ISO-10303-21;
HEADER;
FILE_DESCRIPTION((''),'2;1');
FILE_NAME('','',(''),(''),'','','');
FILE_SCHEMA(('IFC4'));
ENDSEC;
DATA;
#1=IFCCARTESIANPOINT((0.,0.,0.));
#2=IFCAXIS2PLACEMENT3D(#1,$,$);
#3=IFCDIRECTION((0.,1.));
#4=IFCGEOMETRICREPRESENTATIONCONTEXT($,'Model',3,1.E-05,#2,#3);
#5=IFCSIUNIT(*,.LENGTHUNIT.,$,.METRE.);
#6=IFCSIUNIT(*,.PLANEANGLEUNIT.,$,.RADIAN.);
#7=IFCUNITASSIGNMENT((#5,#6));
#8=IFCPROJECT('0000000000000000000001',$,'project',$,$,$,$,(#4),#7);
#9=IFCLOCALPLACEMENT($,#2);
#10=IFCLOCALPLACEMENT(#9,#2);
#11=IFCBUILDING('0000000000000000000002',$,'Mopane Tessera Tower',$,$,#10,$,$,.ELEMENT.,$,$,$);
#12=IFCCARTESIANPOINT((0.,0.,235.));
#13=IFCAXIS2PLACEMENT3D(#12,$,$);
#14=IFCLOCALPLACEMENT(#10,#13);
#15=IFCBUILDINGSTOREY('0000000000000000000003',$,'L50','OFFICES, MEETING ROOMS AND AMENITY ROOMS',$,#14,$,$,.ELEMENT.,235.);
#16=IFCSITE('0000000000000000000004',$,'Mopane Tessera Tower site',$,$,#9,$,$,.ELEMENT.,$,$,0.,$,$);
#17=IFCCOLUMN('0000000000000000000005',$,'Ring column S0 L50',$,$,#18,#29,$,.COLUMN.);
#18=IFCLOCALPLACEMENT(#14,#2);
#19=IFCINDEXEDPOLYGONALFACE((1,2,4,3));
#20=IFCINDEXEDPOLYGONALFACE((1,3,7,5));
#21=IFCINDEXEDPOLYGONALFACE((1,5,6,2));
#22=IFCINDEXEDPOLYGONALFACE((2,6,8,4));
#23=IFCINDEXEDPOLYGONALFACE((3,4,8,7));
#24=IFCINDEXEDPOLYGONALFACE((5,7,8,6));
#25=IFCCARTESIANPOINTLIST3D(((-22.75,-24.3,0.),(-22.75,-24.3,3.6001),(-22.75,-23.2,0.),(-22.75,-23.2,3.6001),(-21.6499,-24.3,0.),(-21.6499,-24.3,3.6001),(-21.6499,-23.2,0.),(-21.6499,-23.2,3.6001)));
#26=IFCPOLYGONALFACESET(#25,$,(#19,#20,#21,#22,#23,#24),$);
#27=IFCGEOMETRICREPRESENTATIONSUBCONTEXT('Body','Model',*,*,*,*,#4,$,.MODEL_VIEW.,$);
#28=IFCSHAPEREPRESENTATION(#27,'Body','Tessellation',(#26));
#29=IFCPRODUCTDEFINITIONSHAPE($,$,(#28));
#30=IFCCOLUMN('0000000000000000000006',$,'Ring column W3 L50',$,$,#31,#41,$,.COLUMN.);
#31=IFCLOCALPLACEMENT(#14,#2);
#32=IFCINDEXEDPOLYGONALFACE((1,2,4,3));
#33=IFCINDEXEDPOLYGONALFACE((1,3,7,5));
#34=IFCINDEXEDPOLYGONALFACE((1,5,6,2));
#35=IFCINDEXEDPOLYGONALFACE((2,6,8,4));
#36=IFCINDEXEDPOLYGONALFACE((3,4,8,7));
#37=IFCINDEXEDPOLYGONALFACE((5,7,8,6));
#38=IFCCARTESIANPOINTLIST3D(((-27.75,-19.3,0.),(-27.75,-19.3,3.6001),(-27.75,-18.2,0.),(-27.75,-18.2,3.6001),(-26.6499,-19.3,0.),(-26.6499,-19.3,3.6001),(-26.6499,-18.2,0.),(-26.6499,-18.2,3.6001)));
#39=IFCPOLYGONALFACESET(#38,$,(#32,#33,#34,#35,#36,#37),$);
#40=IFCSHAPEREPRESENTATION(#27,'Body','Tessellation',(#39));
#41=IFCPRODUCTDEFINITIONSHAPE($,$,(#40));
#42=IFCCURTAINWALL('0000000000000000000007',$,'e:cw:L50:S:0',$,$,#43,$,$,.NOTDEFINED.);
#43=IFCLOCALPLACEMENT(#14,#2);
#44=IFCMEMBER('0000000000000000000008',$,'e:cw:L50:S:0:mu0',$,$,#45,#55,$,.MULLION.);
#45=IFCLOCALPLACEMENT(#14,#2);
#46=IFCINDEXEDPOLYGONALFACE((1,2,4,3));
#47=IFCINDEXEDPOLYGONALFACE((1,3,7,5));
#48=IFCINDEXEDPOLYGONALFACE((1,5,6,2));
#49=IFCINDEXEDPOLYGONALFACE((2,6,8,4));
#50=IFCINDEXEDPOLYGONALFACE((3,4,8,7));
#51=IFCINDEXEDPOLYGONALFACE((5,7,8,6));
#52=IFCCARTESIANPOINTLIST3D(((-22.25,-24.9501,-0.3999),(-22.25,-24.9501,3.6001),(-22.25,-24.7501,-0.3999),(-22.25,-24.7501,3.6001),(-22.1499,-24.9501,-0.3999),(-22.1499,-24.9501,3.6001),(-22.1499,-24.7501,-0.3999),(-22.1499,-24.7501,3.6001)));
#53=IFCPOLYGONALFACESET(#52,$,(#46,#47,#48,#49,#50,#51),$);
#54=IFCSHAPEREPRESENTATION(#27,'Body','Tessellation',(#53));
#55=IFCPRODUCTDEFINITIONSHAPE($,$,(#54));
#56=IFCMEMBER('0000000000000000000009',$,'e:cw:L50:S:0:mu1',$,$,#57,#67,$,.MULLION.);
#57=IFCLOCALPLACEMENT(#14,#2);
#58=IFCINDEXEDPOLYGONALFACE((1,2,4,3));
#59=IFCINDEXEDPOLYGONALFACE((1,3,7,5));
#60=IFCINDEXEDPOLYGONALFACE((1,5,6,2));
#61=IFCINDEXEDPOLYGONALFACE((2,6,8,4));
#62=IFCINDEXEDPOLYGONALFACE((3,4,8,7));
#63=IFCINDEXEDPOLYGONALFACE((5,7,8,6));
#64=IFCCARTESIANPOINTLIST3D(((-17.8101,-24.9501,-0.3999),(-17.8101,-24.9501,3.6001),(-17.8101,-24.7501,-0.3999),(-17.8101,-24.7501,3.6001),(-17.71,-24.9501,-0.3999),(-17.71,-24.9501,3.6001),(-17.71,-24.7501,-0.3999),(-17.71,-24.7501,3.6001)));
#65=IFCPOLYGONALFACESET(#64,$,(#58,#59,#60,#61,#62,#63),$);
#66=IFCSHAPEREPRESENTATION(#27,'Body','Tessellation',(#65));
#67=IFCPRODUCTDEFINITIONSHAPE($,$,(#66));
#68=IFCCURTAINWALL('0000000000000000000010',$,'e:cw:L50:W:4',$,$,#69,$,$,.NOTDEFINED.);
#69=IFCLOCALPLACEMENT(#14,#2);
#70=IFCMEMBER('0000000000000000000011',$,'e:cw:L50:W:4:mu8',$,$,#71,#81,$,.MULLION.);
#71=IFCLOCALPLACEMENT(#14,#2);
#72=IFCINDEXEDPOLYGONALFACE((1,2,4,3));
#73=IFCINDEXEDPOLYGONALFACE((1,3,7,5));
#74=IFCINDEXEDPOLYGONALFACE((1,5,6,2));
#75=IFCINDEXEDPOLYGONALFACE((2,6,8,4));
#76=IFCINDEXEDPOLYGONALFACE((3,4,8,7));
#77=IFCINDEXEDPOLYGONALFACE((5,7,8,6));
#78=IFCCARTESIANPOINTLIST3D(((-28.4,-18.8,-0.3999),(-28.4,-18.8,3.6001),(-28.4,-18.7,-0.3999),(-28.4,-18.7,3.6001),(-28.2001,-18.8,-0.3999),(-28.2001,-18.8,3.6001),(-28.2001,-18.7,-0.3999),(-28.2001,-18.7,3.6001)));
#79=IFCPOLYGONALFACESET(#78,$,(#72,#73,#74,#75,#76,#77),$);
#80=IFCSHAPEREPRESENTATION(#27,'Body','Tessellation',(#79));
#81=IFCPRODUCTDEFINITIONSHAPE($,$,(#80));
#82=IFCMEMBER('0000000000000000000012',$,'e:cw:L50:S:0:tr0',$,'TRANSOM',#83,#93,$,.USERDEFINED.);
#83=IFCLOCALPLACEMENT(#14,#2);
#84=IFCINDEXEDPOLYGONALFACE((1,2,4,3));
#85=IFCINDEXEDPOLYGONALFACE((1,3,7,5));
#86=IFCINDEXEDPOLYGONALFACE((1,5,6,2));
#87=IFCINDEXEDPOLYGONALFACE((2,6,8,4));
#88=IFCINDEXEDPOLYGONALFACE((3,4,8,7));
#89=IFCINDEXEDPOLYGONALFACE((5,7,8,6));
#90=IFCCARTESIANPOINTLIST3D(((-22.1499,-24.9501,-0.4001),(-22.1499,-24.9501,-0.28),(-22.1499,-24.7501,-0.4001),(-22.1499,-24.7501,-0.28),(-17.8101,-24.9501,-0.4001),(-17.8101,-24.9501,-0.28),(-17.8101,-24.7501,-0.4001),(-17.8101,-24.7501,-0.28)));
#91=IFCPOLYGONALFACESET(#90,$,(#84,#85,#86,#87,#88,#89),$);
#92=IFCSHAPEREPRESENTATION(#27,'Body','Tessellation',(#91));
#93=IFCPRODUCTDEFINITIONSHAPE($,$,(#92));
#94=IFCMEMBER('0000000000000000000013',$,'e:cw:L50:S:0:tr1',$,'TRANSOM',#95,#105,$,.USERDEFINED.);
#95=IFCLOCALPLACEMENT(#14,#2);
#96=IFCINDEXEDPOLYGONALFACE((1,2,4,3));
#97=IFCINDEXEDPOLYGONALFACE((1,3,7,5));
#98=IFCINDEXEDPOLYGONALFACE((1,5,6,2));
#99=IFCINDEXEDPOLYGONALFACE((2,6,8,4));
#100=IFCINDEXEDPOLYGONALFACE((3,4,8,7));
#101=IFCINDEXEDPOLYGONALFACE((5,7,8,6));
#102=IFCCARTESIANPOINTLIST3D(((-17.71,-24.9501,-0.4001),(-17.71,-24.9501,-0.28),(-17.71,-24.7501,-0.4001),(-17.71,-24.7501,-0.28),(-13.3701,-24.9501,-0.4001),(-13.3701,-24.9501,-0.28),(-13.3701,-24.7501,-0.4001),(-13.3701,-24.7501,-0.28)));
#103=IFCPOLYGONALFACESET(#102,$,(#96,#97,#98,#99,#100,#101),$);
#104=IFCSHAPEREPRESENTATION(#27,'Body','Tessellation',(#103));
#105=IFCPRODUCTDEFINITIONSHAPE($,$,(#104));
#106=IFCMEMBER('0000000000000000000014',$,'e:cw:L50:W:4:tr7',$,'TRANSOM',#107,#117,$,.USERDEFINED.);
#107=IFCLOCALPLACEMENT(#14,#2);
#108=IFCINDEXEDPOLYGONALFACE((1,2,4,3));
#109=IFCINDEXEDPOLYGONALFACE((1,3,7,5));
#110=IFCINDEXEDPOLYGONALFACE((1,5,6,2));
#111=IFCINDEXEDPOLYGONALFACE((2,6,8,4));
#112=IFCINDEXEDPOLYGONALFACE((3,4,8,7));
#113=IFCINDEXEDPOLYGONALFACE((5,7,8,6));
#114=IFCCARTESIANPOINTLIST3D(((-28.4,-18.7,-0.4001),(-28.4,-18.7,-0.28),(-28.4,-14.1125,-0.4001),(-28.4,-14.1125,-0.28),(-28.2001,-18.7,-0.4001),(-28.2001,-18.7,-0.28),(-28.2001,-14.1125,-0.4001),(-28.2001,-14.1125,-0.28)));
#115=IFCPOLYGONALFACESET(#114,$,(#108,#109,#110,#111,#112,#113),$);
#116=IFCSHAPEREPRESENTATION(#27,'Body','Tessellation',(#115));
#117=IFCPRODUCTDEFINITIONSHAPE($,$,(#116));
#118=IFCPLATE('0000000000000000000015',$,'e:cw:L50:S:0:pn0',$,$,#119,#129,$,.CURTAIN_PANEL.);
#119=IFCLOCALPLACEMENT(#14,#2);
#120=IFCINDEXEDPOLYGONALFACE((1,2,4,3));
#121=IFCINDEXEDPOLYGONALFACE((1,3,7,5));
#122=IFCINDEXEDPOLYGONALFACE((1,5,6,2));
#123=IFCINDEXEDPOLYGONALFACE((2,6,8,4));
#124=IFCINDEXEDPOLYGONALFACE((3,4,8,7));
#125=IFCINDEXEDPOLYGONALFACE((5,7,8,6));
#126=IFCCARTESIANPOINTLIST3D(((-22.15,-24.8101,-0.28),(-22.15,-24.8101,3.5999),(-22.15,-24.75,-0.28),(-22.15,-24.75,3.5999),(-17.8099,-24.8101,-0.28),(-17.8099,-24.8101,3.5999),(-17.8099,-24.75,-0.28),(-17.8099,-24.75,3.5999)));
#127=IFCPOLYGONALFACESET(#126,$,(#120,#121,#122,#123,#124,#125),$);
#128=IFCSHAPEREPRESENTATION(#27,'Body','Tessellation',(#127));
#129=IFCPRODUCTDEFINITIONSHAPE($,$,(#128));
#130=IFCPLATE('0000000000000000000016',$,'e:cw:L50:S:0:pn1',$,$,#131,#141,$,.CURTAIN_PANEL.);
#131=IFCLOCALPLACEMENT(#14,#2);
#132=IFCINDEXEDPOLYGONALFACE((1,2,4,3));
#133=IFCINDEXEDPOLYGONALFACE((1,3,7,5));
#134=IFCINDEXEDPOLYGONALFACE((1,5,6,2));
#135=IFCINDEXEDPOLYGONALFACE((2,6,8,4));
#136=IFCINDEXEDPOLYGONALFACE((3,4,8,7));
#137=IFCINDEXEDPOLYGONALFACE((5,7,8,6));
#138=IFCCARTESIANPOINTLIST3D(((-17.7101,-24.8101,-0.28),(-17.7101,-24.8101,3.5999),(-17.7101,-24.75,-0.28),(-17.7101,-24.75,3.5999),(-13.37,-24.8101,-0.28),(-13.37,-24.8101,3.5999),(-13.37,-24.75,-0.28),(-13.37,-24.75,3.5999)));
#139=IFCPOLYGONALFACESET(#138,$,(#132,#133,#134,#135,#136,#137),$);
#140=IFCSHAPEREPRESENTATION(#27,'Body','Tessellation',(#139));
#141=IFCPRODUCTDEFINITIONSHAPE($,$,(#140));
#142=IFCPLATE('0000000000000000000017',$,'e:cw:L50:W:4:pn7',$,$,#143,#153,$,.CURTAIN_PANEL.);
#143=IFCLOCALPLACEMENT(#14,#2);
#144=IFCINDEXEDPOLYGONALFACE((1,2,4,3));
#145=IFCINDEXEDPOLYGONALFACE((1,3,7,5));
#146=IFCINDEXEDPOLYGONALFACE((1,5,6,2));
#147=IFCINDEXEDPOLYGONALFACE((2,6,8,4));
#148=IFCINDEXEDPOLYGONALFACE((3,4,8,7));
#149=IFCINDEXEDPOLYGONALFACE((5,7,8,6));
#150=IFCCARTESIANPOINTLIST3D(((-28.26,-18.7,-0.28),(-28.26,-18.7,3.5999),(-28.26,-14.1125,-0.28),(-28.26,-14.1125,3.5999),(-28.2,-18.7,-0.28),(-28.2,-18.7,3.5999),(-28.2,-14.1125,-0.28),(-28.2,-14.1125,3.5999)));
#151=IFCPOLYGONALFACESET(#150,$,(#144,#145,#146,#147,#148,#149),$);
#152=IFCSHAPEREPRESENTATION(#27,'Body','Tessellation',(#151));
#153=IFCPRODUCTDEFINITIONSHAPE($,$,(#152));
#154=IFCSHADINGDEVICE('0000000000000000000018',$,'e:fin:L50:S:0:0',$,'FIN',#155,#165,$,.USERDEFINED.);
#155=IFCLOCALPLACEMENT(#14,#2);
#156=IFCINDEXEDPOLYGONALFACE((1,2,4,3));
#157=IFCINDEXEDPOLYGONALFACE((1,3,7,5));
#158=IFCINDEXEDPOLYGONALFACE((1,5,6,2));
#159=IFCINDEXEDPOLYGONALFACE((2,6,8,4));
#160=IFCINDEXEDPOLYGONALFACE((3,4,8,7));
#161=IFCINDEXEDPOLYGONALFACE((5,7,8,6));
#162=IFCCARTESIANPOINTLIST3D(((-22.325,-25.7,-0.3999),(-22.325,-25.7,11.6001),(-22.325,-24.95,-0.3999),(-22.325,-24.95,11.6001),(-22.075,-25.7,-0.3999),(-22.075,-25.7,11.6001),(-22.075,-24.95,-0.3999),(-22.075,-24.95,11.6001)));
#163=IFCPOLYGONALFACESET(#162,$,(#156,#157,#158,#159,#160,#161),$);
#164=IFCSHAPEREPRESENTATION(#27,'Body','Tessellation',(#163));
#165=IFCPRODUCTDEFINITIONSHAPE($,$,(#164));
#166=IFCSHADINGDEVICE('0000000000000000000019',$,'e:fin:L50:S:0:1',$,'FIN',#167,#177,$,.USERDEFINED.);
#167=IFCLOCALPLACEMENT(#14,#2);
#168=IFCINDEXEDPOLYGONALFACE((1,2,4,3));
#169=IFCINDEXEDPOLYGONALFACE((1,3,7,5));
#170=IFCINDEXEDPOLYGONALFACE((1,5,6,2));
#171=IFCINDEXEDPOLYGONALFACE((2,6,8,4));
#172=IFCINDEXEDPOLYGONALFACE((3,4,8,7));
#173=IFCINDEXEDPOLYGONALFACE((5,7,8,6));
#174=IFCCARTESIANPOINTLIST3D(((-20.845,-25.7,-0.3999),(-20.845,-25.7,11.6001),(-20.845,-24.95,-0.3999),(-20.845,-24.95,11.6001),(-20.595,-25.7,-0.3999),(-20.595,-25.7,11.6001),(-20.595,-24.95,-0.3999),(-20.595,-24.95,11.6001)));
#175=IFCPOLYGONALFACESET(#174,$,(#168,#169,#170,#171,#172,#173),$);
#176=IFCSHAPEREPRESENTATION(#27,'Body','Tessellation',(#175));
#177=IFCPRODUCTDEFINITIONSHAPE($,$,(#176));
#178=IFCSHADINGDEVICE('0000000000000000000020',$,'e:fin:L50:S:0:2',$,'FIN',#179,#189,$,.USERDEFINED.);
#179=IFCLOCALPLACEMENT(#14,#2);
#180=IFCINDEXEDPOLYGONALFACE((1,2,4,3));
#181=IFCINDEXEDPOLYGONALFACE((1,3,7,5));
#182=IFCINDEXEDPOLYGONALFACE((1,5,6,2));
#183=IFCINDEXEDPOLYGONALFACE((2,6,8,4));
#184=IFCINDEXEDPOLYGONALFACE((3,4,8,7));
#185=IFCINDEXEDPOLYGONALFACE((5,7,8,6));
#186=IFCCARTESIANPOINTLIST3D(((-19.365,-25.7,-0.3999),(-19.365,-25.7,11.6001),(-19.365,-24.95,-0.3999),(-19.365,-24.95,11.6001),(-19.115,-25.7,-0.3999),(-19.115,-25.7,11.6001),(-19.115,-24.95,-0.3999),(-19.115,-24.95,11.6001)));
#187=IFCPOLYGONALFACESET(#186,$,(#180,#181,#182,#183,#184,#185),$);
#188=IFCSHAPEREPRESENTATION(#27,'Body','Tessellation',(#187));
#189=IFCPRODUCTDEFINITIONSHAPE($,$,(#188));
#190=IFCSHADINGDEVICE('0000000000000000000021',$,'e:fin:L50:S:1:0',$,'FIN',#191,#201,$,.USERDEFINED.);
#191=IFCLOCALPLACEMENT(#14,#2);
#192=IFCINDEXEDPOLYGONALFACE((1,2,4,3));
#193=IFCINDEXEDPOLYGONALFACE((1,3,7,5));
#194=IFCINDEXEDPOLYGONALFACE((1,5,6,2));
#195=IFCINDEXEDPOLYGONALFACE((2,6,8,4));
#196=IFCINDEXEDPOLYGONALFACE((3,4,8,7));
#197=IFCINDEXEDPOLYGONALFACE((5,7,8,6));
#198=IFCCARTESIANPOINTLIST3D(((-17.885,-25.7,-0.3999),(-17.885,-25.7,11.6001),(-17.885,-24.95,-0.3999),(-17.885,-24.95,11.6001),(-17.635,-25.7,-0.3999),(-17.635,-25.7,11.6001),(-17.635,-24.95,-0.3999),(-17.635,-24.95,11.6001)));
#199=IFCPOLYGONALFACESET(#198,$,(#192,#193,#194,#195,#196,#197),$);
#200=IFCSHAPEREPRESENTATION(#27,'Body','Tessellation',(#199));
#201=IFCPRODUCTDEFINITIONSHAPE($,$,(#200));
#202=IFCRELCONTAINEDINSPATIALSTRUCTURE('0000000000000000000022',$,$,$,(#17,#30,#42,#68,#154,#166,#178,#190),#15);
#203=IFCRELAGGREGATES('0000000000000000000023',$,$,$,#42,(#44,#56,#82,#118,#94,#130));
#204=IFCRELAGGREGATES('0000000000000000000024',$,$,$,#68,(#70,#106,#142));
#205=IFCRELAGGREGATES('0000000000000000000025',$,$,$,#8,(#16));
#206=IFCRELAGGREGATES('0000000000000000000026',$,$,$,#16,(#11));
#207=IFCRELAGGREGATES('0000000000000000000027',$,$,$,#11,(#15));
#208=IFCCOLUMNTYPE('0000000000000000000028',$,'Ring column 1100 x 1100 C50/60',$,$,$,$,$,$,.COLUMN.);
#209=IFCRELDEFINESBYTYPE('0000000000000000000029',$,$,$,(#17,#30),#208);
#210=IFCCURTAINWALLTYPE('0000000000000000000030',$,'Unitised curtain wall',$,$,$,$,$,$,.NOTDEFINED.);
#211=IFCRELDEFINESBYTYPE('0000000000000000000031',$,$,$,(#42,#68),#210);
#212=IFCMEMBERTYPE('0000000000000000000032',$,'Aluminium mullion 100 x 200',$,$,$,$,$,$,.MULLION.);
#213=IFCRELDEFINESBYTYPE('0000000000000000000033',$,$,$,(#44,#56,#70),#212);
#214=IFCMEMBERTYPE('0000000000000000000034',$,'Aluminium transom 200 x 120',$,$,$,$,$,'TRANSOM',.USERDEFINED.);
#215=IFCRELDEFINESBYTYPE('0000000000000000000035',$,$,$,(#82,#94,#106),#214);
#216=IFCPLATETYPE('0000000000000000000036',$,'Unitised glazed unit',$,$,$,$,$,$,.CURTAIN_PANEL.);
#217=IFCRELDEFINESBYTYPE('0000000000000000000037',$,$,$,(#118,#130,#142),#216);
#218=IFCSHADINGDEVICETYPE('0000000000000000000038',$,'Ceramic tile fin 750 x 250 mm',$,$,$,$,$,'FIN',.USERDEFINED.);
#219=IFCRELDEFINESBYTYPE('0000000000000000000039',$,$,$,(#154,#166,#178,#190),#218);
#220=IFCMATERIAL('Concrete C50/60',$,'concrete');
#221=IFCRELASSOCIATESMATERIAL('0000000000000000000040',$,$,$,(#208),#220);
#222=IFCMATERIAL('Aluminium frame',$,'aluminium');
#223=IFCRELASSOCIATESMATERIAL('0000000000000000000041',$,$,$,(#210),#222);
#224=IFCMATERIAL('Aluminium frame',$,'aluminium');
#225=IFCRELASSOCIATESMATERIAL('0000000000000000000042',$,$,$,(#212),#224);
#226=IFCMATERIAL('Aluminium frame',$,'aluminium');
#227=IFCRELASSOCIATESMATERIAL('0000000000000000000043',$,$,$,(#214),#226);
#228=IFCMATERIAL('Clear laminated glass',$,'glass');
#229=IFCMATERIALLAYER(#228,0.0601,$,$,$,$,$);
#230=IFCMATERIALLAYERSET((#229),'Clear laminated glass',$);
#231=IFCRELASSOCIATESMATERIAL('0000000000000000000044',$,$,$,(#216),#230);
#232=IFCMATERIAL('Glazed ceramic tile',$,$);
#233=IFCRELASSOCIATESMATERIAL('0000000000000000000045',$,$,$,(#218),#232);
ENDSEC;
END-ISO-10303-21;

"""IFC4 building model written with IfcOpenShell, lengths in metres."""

from ifc_helpers import new_model, si_unit, direction, frame, origin, origin_2d, place, context, subcontext, project, spatial, rectangle, extrude, material, layer, layer_set, material_profile, profile_set, type_object, element, aggregate, save


model = new_model("IFC4")

# Units and contexts
model_context = context("Model", 3, precision=1e-05, world=origin(), true_north=direction((0.0, 1.0)))
body_context = subcontext(model_context, "Body", "Model", "MODEL_VIEW")
ifc_project = project(units=[si_unit("LENGTHUNIT", "METRE"), si_unit("PLANEANGLEUNIT", "RADIAN")], contexts=[model_context])

# Site, building, storey
site_placement = place(None, origin())
site = spatial("IfcSite", under=ifc_project, at=site_placement, Name="Mopane Tessera Tower site", CompositionType="ELEMENT", RefElevation=0.0)
building_placement = place(site_placement, origin())
building = spatial("IfcBuilding", under=site, at=building_placement, Name="Mopane Tessera Tower", CompositionType="ELEMENT")
storey_placement = place(building_placement, frame((0.0, 0.0, 235.0)))
storey = spatial("IfcBuildingStorey", under=building, at=storey_placement, Name="L50", Description="OFFICES, MEETING ROOMS AND AMENITY ROOMS", CompositionType="ELEMENT", Elevation=235.0)

# Columns
ifc_material_1 = material(Name="Concrete C50/60", Category="concrete")
ifc_material_profile_1 = material_profile(ifc_material_1, rectangle(XDim=1.1001, YDim=1.1001, at=origin_2d()))
ifc_profile_set_1 = profile_set([ifc_material_profile_1], Name="Concrete C50/60")
column_type = type_object("IfcColumnType", Name="Ring column 1100 x 1100 C50/60", PredefinedType="COLUMN", material=ifc_profile_set_1)
for number, where, z_axis, x_axis, name in (
    (1, (-22.2, -23.75, 0.0), (0.0, 0.0, 1.0), (1.0, 0.0, 0.0), "Ring column S0 L50"),
    (2, (-27.2, -18.75, 0.0), (0.0, 0.0, 1.0), (1.0, 0.0, 0.0), "Ring column W3 L50"),
):
    element("IfcColumn", number, at=place(storey_placement, frame(where, z_axis=z_axis, x_axis=x_axis)), inside=storey, type_object=column_type, Name=name, PredefinedType="COLUMN", context=body_context, shape_type="SweptSolid", body=[
        extrude(rectangle(XDim=1.1001, YDim=1.1001, at=origin_2d()), origin(), (0.0, 0.0, 1.0), 3.6001),
    ])

# Curtain wall, members
ifc_material_2 = material(Name="Aluminium frame", Category="aluminium")
curtain_wall_type = type_object("IfcCurtainWallType", Name="Unitised curtain wall", PredefinedType="NOTDEFINED", material=ifc_material_2)
curtain_wall_1_placement = place(storey_placement, origin())
curtain_wall_1 = element("IfcCurtainWall", 3, at=curtain_wall_1_placement, inside=storey, type_object=curtain_wall_type, Name="e:cw:L50:S:0", PredefinedType="NOTDEFINED")
ifc_material_3 = material(Name="Aluminium frame", Category="aluminium")
ifc_material_profile_2 = material_profile(ifc_material_3, rectangle(XDim=0.1001, YDim=0.2, at=origin_2d()))
ifc_profile_set_2 = profile_set([ifc_material_profile_2], Name="Aluminium frame")
member_type_1 = type_object("IfcMemberType", Name="Aluminium mullion 100 x 200", PredefinedType="MULLION", material=ifc_profile_set_2)
member_1_placement = place(storey_placement, frame((-22.2, -24.8501, -0.3999), z_axis=(0.0, 0.0, 1.0), x_axis=(1.0, 0.0, 0.0)))
member_1 = element("IfcMember", 4, at=member_1_placement, type_object=member_type_1, Name="e:cw:L50:S:0:mu0", PredefinedType="MULLION", context=body_context, shape_type="SweptSolid", body=[
    extrude(rectangle(XDim=0.1001, YDim=0.2, at=origin_2d()), origin(), (0.0, 0.0, 1.0), 4.0),
])
member_2_placement = place(storey_placement, frame((-17.76, -24.8501, -0.3999), z_axis=(0.0, 0.0, 1.0), x_axis=(1.0, 0.0, 0.0)))
member_2 = element("IfcMember", 5, at=member_2_placement, type_object=member_type_1, Name="e:cw:L50:S:0:mu1", PredefinedType="MULLION", context=body_context, shape_type="SweptSolid", body=[
    extrude(rectangle(XDim=0.1001, YDim=0.2, at=origin_2d()), origin(), (0.0, 0.0, 1.0), 4.0),
])

# Curtain wall, member
curtain_wall_2_placement = place(storey_placement, origin())
curtain_wall_2 = element("IfcCurtainWall", 6, at=curtain_wall_2_placement, inside=storey, type_object=curtain_wall_type, Name="e:cw:L50:W:4", PredefinedType="NOTDEFINED")
member_3_placement = place(storey_placement, frame((-28.3, -18.75, -0.3999), z_axis=(0.0, 0.0, 1.0), x_axis=(0.0, -1.0, 0.0)))
member_3 = element("IfcMember", 7, at=member_3_placement, type_object=member_type_1, Name="e:cw:L50:W:4:mu8", PredefinedType="MULLION", context=body_context, shape_type="SweptSolid", body=[
    extrude(rectangle(XDim=0.1001, YDim=0.2, at=origin_2d()), origin(), (0.0, 0.0, 1.0), 4.0),
])

# Members
ifc_material_4 = material(Name="Aluminium frame", Category="aluminium")
ifc_material_profile_3 = material_profile(ifc_material_4, rectangle(XDim=0.2, YDim=0.1201, at=origin_2d()))
ifc_profile_set_3 = profile_set([ifc_material_profile_3], Name="Aluminium frame")
member_type_2 = type_object("IfcMemberType", Name="Aluminium transom 200 x 120", ElementType="TRANSOM", PredefinedType="USERDEFINED", material=ifc_profile_set_3)
member_4_placement = place(storey_placement, frame((-22.1499, -24.8501, -0.3401), z_axis=(1.0, 0.0, 0.0), x_axis=(0.0, 1.0, 0.0)))
member_4 = element("IfcMember", 8, at=member_4_placement, type_object=member_type_2, Name="e:cw:L50:S:0:tr0", ObjectType="TRANSOM", PredefinedType="USERDEFINED", context=body_context, shape_type="SweptSolid", body=[
    extrude(rectangle(XDim=0.2, YDim=0.1201, at=origin_2d()), origin(), (0.0, 0.0, 1.0), 4.3398),
])
member_5_placement = place(storey_placement, frame((-17.71, -24.8501, -0.3401), z_axis=(1.0, 0.0, 0.0), x_axis=(0.0, 1.0, 0.0)))
member_5 = element("IfcMember", 9, at=member_5_placement, type_object=member_type_2, Name="e:cw:L50:S:0:tr1", ObjectType="TRANSOM", PredefinedType="USERDEFINED", context=body_context, shape_type="SweptSolid", body=[
    extrude(rectangle(XDim=0.2, YDim=0.1201, at=origin_2d()), origin(), (0.0, 0.0, 1.0), 4.3398),
])
member_6_placement = place(storey_placement, frame((-28.3, -14.1125, -0.3401), z_axis=(0.0, -1.0, 0.0), x_axis=(1.0, 0.0, 0.0)))
member_6 = element("IfcMember", 10, at=member_6_placement, type_object=member_type_2, Name="e:cw:L50:W:4:tr7", ObjectType="TRANSOM", PredefinedType="USERDEFINED", context=body_context, shape_type="SweptSolid", body=[
    extrude(rectangle(XDim=0.2, YDim=0.1201, at=origin_2d()), origin(), (0.0, 0.0, 1.0), 4.5874),
])

# Plates
ifc_material_5 = material(Name="Clear laminated glass", Category="glass")
ifc_layer = layer(ifc_material_5, 0.0601)
ifc_layer_set = layer_set([ifc_layer], Name="Clear laminated glass")
plate_type = type_object("IfcPlateType", Name="Unitised glazed unit", PredefinedType="CURTAIN_PANEL", material=ifc_layer_set)
plate_1_placement = place(storey_placement, frame((-19.98, -24.78, -0.28), z_axis=(0.0, 0.0, 1.0), x_axis=(1.0, 0.0, 0.0)))
plate_1 = element("IfcPlate", 11, at=plate_1_placement, type_object=plate_type, Name="e:cw:L50:S:0:pn0", PredefinedType="CURTAIN_PANEL", context=body_context, shape_type="SweptSolid", body=[
    extrude(rectangle(XDim=4.3401, YDim=0.0601, at=origin_2d()), origin(), (0.0, 0.0, 1.0), 3.8799),
])
plate_2_placement = place(storey_placement, frame((-15.54, -24.78, -0.28), z_axis=(0.0, 0.0, 1.0), x_axis=(1.0, 0.0, 0.0)))
plate_2 = element("IfcPlate", 12, at=plate_2_placement, type_object=plate_type, Name="e:cw:L50:S:0:pn1", PredefinedType="CURTAIN_PANEL", context=body_context, shape_type="SweptSolid", body=[
    extrude(rectangle(XDim=4.3401, YDim=0.0601, at=origin_2d()), origin(), (0.0, 0.0, 1.0), 3.8799),
])
aggregate(curtain_wall_1, [member_1, member_2, member_4, plate_1, member_5, plate_2])
plate_3_placement = place(storey_placement, frame((-28.23, -16.4062, -0.28), z_axis=(0.0, 0.0, 1.0), x_axis=(0.0, -1.0, 0.0)))
plate_3 = element("IfcPlate", 13, at=plate_3_placement, type_object=plate_type, Name="e:cw:L50:W:4:pn7", PredefinedType="CURTAIN_PANEL", context=body_context, shape_type="SweptSolid", body=[
    extrude(rectangle(XDim=4.5874, YDim=0.0601, at=origin_2d()), origin(), (0.0, 0.0, 1.0), 3.8799),
])
aggregate(curtain_wall_2, [member_3, member_6, plate_3])

# Shading devices
ifc_material_6 = material(Name="Glazed ceramic tile")
shading_device_type = type_object("IfcShadingDeviceType", Name="Ceramic tile fin 750 x 250 mm", ElementType="FIN", PredefinedType="USERDEFINED", material=ifc_material_6)
for number, where, z_axis, x_axis, name in (
    (14, (-22.2, -25.325, -0.3999), (0.0, 0.0, 1.0), (1.0, 0.0, 0.0), "e:fin:L50:S:0:0"),
    (15, (-20.72, -25.325, -0.3999), (0.0, 0.0, 1.0), (1.0, 0.0, 0.0), "e:fin:L50:S:0:1"),
    (16, (-19.24, -25.325, -0.3999), (0.0, 0.0, 1.0), (1.0, 0.0, 0.0), "e:fin:L50:S:0:2"),
    (17, (-17.76, -25.325, -0.3999), (0.0, 0.0, 1.0), (1.0, 0.0, 0.0), "e:fin:L50:S:1:0"),
):
    element("IfcShadingDevice", number, at=place(storey_placement, frame(where, z_axis=z_axis, x_axis=x_axis)), inside=storey, type_object=shading_device_type, Name=name, ObjectType="FIN", PredefinedType="USERDEFINED", context=body_context, shape_type="SweptSolid", body=[
        extrude(rectangle(XDim=0.25, YDim=0.75, at=origin_2d()), origin(), (0.0, 0.0, 1.0), 12.0),
    ])

save(model, "model.ifc")
